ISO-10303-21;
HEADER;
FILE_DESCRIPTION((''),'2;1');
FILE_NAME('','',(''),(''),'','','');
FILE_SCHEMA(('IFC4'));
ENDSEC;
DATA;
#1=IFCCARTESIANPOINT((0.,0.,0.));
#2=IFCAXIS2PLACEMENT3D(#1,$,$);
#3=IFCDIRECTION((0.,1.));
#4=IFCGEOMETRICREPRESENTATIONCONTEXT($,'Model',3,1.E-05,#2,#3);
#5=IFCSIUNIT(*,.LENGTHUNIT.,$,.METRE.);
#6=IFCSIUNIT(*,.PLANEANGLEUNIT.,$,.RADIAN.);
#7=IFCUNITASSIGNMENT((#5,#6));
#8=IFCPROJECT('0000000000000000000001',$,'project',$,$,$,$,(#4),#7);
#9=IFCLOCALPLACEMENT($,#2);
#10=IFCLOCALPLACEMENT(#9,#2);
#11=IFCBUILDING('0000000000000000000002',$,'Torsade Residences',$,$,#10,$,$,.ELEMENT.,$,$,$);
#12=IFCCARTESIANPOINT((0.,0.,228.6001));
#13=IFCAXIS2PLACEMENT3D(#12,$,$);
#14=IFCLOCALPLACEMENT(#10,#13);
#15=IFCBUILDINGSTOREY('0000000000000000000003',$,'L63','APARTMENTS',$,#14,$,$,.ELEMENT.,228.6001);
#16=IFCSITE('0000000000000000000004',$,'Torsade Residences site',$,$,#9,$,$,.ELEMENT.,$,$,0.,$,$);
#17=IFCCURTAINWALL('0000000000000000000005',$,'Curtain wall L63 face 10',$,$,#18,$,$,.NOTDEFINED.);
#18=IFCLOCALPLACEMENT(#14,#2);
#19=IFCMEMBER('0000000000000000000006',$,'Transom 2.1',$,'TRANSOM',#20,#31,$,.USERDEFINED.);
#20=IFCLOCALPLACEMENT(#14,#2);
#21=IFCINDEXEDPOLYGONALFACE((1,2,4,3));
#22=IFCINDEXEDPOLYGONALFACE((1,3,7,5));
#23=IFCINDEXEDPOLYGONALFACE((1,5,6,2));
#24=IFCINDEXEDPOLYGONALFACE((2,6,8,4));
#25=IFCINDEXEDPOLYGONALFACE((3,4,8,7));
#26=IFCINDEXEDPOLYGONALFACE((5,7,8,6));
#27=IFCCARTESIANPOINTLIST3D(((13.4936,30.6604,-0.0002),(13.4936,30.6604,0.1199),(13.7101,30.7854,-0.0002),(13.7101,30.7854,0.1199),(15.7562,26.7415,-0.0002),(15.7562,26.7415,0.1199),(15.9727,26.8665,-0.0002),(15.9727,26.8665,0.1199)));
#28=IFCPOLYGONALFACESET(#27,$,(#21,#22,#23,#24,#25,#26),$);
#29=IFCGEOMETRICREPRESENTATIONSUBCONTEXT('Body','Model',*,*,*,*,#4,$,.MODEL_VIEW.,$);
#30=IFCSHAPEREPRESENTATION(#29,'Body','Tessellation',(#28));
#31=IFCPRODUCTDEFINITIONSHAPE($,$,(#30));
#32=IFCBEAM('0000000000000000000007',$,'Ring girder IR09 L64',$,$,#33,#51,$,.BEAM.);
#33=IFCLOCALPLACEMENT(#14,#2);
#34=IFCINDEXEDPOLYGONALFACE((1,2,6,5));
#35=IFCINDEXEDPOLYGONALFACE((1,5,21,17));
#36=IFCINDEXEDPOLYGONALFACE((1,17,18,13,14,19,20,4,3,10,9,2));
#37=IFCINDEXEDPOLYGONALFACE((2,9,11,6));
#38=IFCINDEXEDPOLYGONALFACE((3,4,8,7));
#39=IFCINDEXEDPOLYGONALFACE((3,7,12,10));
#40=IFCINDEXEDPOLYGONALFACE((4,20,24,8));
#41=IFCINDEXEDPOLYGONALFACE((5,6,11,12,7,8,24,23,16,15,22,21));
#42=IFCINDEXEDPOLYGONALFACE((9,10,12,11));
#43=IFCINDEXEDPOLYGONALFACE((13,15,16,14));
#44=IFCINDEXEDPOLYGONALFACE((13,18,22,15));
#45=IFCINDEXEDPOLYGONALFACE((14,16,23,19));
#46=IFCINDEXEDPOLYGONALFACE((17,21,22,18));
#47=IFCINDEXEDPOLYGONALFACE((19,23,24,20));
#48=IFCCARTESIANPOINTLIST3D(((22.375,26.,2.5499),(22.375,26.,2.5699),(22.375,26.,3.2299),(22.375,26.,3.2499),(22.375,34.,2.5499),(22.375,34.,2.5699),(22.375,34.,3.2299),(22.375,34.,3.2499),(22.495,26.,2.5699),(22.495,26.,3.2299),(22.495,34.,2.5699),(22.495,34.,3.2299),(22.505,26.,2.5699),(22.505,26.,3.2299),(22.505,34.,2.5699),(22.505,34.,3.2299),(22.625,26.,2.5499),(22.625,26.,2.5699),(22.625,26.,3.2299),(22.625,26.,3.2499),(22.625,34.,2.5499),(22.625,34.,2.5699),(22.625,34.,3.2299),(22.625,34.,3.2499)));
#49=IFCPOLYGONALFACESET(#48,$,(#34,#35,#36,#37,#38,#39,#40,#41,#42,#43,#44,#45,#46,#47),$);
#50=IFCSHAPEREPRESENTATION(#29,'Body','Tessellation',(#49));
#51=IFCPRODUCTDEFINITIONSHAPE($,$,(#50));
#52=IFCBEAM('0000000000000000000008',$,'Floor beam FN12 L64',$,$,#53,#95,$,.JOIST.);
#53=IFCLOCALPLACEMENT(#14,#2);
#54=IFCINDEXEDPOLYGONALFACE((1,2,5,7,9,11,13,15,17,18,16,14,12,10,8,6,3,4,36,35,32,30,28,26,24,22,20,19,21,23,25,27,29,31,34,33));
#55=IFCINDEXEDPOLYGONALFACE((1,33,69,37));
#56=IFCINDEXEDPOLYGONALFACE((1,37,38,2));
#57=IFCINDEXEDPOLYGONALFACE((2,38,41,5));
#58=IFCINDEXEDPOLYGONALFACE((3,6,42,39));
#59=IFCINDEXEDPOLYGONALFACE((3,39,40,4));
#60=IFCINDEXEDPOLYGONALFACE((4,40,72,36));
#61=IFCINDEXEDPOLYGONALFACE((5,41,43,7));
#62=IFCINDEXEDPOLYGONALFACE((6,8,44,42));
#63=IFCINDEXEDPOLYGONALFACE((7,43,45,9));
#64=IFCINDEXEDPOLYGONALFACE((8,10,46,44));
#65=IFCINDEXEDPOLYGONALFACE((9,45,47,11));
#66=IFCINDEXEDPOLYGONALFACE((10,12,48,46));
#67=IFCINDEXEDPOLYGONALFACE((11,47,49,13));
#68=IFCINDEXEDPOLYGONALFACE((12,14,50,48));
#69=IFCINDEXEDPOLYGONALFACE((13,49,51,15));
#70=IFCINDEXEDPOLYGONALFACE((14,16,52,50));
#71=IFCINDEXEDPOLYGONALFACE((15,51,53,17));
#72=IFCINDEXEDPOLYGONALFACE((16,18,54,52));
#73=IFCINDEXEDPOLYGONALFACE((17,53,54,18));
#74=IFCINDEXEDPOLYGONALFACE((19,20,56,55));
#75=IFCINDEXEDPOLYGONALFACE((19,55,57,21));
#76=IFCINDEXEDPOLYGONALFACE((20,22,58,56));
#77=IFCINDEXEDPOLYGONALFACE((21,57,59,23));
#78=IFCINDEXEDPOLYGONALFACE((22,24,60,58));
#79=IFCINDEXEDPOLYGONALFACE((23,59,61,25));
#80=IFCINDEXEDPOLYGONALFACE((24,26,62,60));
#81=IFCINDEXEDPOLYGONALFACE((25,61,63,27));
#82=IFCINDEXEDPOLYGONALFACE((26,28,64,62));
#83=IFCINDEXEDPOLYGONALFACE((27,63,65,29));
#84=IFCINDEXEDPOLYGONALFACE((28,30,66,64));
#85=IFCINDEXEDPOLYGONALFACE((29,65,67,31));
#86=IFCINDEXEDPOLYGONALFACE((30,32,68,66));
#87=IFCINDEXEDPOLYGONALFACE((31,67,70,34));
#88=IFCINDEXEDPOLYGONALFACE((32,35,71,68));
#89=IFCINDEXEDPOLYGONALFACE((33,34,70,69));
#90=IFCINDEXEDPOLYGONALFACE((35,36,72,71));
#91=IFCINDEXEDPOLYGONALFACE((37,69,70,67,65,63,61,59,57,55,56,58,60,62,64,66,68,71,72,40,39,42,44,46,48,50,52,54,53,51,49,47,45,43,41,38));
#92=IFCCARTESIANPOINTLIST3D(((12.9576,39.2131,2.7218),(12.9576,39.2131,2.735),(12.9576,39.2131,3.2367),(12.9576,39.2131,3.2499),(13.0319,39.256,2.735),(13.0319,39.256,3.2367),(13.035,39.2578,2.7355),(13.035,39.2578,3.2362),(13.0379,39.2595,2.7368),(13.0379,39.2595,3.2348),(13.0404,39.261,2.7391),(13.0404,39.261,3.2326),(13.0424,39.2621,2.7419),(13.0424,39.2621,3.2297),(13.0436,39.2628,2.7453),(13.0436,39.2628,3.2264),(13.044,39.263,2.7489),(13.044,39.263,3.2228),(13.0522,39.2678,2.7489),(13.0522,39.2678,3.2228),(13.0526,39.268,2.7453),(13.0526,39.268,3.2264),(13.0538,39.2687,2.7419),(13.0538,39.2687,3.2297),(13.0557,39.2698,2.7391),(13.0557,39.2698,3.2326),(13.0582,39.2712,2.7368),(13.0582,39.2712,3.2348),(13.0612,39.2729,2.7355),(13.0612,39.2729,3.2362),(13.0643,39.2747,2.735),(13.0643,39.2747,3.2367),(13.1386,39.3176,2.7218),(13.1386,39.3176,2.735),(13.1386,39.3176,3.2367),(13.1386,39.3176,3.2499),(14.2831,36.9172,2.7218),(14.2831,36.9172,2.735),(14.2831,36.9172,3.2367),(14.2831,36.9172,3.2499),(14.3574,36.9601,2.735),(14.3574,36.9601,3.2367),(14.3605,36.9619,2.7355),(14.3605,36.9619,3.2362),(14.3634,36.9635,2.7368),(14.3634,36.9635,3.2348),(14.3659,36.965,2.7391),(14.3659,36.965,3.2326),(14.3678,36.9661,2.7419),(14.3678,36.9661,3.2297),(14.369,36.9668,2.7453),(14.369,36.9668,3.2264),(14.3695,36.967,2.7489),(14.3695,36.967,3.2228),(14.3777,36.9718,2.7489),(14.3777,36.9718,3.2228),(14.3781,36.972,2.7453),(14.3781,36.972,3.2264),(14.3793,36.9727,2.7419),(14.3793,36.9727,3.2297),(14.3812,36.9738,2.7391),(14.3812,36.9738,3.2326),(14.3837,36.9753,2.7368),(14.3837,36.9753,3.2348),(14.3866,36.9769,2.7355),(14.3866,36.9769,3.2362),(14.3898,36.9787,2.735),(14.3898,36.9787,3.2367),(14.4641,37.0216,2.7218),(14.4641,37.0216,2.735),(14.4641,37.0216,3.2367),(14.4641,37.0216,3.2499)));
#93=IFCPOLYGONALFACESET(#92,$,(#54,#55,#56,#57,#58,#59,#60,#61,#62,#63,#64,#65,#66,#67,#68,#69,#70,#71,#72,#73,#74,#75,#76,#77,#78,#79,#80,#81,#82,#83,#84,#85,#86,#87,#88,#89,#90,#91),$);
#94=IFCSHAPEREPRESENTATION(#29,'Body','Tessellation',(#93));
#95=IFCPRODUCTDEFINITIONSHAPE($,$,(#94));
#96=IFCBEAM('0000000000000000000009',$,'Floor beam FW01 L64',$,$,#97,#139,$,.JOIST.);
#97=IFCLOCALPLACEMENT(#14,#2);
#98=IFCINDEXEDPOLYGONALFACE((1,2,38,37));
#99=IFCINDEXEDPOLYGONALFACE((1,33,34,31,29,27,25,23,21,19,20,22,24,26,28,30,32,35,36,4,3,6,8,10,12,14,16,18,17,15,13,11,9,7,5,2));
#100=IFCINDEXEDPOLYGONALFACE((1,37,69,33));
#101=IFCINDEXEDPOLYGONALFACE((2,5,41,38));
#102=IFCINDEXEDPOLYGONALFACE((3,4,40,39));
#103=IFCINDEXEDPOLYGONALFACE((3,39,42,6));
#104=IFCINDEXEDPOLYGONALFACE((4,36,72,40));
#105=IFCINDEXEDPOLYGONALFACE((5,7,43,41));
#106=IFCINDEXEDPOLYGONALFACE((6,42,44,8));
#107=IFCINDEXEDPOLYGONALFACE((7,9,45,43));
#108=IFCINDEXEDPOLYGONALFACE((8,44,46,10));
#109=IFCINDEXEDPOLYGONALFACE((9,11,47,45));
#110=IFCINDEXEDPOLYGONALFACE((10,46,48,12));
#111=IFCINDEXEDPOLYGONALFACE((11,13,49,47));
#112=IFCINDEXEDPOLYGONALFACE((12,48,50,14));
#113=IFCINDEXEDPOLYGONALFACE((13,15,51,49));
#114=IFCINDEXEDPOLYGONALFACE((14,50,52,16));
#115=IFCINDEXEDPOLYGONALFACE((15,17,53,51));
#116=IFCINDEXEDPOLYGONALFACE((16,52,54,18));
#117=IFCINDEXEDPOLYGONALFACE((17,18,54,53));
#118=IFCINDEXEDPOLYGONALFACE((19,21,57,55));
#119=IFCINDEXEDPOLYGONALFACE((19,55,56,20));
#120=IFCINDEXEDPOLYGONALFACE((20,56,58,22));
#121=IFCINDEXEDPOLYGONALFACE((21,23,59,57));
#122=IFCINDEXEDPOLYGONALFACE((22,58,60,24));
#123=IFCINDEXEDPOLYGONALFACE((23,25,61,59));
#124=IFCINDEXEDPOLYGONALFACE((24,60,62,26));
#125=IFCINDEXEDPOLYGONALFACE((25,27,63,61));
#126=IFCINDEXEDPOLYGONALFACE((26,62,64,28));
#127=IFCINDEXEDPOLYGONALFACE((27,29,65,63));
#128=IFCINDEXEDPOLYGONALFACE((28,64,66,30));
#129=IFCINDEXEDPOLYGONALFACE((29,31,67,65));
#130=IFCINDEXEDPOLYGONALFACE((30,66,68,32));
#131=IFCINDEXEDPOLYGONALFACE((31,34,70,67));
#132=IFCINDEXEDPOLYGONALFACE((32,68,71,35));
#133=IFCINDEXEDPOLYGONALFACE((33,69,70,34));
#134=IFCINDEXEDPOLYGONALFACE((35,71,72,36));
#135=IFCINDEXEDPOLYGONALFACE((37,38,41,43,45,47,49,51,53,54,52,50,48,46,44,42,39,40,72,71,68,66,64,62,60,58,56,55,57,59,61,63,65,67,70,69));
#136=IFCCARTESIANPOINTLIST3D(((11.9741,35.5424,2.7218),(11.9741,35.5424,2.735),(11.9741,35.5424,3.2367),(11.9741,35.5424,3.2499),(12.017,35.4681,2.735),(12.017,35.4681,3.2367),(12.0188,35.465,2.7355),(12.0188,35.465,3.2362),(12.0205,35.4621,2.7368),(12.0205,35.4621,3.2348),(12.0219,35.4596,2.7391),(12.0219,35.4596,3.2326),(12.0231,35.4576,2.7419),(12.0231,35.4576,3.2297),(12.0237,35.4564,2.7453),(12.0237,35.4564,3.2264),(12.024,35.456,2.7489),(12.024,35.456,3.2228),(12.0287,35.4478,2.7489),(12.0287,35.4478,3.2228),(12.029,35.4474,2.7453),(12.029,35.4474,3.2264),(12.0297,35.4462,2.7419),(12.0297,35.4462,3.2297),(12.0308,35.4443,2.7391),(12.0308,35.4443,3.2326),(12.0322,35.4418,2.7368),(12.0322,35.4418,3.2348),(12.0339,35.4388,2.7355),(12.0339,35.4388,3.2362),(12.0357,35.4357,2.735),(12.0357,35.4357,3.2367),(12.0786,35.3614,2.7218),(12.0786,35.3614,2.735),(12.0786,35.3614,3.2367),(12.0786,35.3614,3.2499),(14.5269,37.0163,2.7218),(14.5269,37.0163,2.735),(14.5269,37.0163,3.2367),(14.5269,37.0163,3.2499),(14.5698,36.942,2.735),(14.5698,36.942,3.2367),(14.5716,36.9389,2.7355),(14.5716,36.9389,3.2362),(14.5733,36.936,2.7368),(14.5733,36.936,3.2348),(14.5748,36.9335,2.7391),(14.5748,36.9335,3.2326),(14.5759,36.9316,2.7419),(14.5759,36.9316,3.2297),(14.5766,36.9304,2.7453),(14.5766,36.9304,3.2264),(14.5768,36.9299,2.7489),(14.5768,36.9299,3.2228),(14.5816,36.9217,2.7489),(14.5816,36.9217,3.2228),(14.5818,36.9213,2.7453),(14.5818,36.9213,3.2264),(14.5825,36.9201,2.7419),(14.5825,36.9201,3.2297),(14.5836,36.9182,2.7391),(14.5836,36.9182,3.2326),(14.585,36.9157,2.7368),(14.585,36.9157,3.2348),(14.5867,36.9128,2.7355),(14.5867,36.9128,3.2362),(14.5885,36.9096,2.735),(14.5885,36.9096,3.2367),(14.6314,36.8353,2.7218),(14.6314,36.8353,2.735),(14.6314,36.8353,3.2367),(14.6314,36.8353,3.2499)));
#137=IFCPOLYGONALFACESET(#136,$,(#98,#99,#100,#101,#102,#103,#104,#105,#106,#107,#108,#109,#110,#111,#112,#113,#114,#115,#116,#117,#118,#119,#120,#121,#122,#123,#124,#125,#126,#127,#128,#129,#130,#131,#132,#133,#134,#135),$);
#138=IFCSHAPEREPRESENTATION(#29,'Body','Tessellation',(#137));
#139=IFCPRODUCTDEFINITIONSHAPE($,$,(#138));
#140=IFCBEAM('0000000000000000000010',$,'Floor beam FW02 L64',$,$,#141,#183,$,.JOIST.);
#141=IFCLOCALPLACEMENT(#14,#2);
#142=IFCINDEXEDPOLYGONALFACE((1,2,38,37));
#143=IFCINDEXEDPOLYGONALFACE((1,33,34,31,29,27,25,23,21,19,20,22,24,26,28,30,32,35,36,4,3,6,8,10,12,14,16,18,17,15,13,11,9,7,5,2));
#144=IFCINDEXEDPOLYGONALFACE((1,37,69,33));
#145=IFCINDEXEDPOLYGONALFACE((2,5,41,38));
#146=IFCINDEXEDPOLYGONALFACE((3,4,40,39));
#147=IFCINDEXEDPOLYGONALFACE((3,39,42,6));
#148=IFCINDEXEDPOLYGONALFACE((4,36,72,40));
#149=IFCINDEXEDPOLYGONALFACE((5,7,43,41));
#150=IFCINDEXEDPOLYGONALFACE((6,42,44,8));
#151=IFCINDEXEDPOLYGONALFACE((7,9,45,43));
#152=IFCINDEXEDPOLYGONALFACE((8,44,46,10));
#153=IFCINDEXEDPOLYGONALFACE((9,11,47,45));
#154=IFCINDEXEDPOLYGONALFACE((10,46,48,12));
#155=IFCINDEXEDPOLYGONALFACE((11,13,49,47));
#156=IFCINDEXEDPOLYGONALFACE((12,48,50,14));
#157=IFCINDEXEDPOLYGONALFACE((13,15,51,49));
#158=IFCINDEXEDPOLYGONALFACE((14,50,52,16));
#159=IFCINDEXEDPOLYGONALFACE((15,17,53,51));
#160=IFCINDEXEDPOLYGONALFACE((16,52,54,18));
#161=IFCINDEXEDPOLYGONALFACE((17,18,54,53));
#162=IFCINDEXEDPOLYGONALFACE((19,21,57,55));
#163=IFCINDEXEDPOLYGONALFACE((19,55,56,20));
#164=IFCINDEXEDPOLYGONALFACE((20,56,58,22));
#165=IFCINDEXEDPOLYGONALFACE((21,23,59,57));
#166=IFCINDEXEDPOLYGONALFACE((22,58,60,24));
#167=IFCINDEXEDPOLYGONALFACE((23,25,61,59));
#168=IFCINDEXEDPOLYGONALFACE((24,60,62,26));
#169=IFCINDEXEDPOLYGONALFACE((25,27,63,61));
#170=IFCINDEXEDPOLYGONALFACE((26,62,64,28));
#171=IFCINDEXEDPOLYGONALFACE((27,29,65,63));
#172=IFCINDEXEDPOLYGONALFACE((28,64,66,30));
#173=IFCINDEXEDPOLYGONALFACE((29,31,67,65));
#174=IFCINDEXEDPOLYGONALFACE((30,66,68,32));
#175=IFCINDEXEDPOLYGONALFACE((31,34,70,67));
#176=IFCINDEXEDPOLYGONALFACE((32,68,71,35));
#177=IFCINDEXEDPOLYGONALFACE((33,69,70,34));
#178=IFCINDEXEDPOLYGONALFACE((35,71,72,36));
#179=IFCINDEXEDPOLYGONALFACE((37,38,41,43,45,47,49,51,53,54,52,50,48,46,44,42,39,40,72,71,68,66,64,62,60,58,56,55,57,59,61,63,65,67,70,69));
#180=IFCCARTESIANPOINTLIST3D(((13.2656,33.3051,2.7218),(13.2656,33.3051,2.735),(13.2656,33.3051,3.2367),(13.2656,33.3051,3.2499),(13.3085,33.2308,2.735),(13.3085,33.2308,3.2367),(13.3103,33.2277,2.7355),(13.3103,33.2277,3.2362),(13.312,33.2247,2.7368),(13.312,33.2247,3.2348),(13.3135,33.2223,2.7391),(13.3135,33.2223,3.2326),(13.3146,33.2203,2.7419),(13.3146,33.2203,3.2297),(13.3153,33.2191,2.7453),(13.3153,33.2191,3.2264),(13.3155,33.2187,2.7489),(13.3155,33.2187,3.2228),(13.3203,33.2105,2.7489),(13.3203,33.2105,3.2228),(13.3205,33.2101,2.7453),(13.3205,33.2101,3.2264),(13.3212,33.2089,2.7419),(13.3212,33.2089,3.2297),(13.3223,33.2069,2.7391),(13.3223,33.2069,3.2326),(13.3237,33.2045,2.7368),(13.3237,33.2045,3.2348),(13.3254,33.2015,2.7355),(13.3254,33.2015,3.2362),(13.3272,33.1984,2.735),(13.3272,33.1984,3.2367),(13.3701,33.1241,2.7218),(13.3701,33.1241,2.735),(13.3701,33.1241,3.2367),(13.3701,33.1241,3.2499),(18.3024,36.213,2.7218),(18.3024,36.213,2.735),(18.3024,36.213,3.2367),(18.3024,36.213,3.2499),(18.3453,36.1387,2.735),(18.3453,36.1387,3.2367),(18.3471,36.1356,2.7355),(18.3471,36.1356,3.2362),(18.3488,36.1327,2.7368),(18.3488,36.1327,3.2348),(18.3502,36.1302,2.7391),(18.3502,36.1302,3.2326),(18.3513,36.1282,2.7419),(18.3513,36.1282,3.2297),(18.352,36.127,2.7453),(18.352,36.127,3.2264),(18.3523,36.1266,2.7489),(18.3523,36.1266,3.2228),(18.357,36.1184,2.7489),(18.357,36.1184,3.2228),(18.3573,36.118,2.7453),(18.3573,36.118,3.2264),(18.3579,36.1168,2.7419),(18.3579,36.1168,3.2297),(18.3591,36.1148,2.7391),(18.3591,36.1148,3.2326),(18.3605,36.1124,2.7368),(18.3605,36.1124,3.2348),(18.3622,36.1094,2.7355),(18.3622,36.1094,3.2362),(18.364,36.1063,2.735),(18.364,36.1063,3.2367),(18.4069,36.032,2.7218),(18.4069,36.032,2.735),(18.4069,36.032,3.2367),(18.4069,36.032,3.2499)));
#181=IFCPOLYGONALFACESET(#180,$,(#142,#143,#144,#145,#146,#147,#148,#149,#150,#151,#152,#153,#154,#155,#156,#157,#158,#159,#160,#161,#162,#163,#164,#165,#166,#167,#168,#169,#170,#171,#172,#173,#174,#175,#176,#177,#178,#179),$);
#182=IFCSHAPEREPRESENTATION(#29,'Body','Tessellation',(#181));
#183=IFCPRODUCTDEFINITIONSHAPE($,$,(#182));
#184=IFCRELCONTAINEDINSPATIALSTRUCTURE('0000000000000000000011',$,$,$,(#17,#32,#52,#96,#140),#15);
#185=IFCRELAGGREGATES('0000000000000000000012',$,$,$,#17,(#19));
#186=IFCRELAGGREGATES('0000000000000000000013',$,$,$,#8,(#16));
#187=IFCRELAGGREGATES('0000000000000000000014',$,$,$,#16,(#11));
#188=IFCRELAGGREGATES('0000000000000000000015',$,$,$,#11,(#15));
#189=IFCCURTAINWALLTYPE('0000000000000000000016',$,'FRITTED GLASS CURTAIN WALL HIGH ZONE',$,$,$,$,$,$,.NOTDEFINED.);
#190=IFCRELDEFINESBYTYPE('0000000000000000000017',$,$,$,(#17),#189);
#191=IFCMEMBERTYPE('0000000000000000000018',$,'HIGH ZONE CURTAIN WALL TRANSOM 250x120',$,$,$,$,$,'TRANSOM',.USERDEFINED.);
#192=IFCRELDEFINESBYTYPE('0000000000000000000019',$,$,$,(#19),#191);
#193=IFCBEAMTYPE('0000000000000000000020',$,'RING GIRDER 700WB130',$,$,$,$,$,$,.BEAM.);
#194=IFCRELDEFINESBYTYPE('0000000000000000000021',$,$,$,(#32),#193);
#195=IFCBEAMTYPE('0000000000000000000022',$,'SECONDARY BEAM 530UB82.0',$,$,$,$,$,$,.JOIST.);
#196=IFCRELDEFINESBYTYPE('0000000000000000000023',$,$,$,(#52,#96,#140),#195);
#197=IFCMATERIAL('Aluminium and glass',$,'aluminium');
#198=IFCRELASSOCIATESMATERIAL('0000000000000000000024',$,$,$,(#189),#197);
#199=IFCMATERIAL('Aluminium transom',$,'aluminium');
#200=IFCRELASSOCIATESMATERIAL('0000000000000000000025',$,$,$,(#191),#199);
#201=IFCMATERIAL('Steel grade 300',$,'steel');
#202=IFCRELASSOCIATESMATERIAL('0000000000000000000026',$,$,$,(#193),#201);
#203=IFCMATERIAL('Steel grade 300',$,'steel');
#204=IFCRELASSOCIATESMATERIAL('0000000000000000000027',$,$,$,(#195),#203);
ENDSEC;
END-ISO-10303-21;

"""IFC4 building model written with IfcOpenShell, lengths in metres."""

from ifc_helpers import new_model, si_unit, direction, frame, origin, origin_2d, place, context, subcontext, project, spatial, rectangle, i_section, extrude, material, material_profile, profile_set, type_object, element, aggregate, save


model = new_model("IFC4")

# Units and contexts
model_context = context("Model", 3, precision=1e-05, world=origin(), true_north=direction((0.0, 1.0)))
body_context = subcontext(model_context, "Body", "Model", "MODEL_VIEW")
ifc_project = project(units=[si_unit("LENGTHUNIT", "METRE"), si_unit("PLANEANGLEUNIT", "RADIAN")], contexts=[model_context])

# Site, building, storey
site_placement = place(None, origin())
site = spatial("IfcSite", under=ifc_project, at=site_placement, Name="Torsade Residences site", CompositionType="ELEMENT", RefElevation=0.0)
building_placement = place(site_placement, origin())
building = spatial("IfcBuilding", under=site, at=building_placement, Name="Torsade Residences", CompositionType="ELEMENT")
storey_placement = place(building_placement, frame((0.0, 0.0, 228.6001)))
storey = spatial("IfcBuildingStorey", under=building, at=storey_placement, Name="L63", Description="APARTMENTS", CompositionType="ELEMENT", Elevation=228.6001)

# Curtain wall, member
ifc_material_1 = material(Name="Aluminium and glass", Category="aluminium")
curtain_wall_type = type_object("IfcCurtainWallType", Name="FRITTED GLASS CURTAIN WALL HIGH ZONE", PredefinedType="NOTDEFINED", material=ifc_material_1)
curtain_wall_placement = place(storey_placement, origin())
curtain_wall = element("IfcCurtainWall", 1, at=curtain_wall_placement, inside=storey, type_object=curtain_wall_type, Name="Curtain wall L63 face 10", PredefinedType="NOTDEFINED")
ifc_material_2 = material(Name="Aluminium transom", Category="aluminium")
ifc_material_profile_1 = material_profile(ifc_material_2, rectangle(XDim=0.25, YDim=0.1201, at=origin_2d()), Name="HIGH ZONE CURTAIN WALL TRANSOM 250x120")
ifc_profile_set_1 = profile_set([ifc_material_profile_1], Name="Aluminium transom")
member_type_1 = type_object("IfcMemberType", Name="HIGH ZONE CURTAIN WALL TRANSOM 250x120", ElementType="TRANSOM", PredefinedType="USERDEFINED", material=ifc_profile_set_1)
member_1_placement = place(storey_placement, frame((13.6018, 30.7229, 0.0598), z_axis=(0.500015, -0.866017, 0.0), x_axis=(0.866017, 0.500015, 0.0)))
member_1 = element("IfcMember", 2, at=member_1_placement, type_object=member_type_1, Name="Transom 2.1", ObjectType="TRANSOM", PredefinedType="USERDEFINED", context=body_context, shape_type="SweptSolid", body=[
    extrude(rectangle(XDim=0.25, YDim=0.1201, at=origin_2d()), origin(), (0.0, 0.0, 1.0), 4.5251),
])

# Beams
ifc_material_3 = material(Name="Steel grade 300", Category="steel")
ifc_material_profile_2 = material_profile(ifc_material_3, i_section(OverallWidth=0.25, OverallDepth=0.7, WebThickness=0.01, FlangeThickness=0.02, at=origin_2d()), Name="700WB130")
ifc_profile_set_2 = profile_set([ifc_material_profile_2], Name="Steel grade 300")
beam_type_1 = type_object("IfcBeamType", Name="RING GIRDER 700WB130", PredefinedType="BEAM", material=ifc_profile_set_2)
beam_1_placement = place(storey_placement, frame((22.5, 34.0, 2.8999), z_axis=(0.0, -1.0, 0.0), x_axis=(1.0, 0.0, 0.0)))
element("IfcBeam", 3, at=beam_1_placement, inside=storey, type_object=beam_type_1, Name="Ring girder IR09 L64", PredefinedType="BEAM", context=body_context, shape_type="SweptSolid", body=[
    extrude(i_section(OverallWidth=0.25, OverallDepth=0.7, WebThickness=0.01, FlangeThickness=0.02, at=origin_2d()), origin(), (0.0, 0.0, 1.0), 8.0),
])
ifc_material_4 = material(Name="Steel grade 300", Category="steel")
ifc_material_profile_3 = material_profile(ifc_material_4, i_section(OverallWidth=0.209, OverallDepth=0.5281, WebThickness=0.0095, FlangeThickness=0.0132, FilletRadius=0.0139, at=origin_2d()), Name="530UB82.0")
ifc_profile_set_3 = profile_set([ifc_material_profile_3], Name="Steel grade 300")
beam_type_2 = type_object("IfcBeamType", Name="SECONDARY BEAM 530UB82.0", PredefinedType="JOIST", material=ifc_profile_set_3)
beam_2_placement = place(storey_placement, frame((13.0481, 39.2654, 2.9858), z_axis=(0.499972, -0.866041, 0.0), x_axis=(0.866041, 0.499972, 0.0)))
element("IfcBeam", 4, at=beam_2_placement, inside=storey, type_object=beam_type_2, Name="Floor beam FN12 L64", PredefinedType="JOIST", context=body_context, shape_type="SweptSolid", body=[
    extrude(i_section(OverallWidth=0.209, OverallDepth=0.5281, WebThickness=0.0095, FlangeThickness=0.0132, FilletRadius=0.0139, at=origin_2d()), origin(), (0.0, 0.0, 1.0), 2.6511),
])
beam_3_placement = place(storey_placement, frame((12.0264, 35.4519, 2.9858), z_axis=(0.866017, 0.500014, 0.0), x_axis=(-0.500014, 0.866017, 0.0)))
element("IfcBeam", 5, at=beam_3_placement, inside=storey, type_object=beam_type_2, Name="Floor beam FW01 L64", PredefinedType="JOIST", context=body_context, shape_type="SweptSolid", body=[
    extrude(i_section(OverallWidth=0.209, OverallDepth=0.5281, WebThickness=0.0095, FlangeThickness=0.0132, FilletRadius=0.0139, at=origin_2d()), origin(), (0.0, 0.0, 1.0), 2.9478),
])
beam_4_placement = place(storey_placement, frame((13.3179, 33.2146, 2.9858), z_axis=(0.866031, 0.49999, 0.0), x_axis=(-0.49999, 0.866031, 0.0)))
element("IfcBeam", 6, at=beam_4_placement, inside=storey, type_object=beam_type_2, Name="Floor beam FW02 L64", PredefinedType="JOIST", context=body_context, shape_type="SweptSolid", body=[
    extrude(i_section(OverallWidth=0.209, OverallDepth=0.5281, WebThickness=0.0095, FlangeThickness=0.0132, FilletRadius=0.0139, at=origin_2d()), origin(), (0.0, 0.0, 1.0), 5.8159),
])

aggregate(curtain_wall, [member_1])

save(model, "model.ifc")
